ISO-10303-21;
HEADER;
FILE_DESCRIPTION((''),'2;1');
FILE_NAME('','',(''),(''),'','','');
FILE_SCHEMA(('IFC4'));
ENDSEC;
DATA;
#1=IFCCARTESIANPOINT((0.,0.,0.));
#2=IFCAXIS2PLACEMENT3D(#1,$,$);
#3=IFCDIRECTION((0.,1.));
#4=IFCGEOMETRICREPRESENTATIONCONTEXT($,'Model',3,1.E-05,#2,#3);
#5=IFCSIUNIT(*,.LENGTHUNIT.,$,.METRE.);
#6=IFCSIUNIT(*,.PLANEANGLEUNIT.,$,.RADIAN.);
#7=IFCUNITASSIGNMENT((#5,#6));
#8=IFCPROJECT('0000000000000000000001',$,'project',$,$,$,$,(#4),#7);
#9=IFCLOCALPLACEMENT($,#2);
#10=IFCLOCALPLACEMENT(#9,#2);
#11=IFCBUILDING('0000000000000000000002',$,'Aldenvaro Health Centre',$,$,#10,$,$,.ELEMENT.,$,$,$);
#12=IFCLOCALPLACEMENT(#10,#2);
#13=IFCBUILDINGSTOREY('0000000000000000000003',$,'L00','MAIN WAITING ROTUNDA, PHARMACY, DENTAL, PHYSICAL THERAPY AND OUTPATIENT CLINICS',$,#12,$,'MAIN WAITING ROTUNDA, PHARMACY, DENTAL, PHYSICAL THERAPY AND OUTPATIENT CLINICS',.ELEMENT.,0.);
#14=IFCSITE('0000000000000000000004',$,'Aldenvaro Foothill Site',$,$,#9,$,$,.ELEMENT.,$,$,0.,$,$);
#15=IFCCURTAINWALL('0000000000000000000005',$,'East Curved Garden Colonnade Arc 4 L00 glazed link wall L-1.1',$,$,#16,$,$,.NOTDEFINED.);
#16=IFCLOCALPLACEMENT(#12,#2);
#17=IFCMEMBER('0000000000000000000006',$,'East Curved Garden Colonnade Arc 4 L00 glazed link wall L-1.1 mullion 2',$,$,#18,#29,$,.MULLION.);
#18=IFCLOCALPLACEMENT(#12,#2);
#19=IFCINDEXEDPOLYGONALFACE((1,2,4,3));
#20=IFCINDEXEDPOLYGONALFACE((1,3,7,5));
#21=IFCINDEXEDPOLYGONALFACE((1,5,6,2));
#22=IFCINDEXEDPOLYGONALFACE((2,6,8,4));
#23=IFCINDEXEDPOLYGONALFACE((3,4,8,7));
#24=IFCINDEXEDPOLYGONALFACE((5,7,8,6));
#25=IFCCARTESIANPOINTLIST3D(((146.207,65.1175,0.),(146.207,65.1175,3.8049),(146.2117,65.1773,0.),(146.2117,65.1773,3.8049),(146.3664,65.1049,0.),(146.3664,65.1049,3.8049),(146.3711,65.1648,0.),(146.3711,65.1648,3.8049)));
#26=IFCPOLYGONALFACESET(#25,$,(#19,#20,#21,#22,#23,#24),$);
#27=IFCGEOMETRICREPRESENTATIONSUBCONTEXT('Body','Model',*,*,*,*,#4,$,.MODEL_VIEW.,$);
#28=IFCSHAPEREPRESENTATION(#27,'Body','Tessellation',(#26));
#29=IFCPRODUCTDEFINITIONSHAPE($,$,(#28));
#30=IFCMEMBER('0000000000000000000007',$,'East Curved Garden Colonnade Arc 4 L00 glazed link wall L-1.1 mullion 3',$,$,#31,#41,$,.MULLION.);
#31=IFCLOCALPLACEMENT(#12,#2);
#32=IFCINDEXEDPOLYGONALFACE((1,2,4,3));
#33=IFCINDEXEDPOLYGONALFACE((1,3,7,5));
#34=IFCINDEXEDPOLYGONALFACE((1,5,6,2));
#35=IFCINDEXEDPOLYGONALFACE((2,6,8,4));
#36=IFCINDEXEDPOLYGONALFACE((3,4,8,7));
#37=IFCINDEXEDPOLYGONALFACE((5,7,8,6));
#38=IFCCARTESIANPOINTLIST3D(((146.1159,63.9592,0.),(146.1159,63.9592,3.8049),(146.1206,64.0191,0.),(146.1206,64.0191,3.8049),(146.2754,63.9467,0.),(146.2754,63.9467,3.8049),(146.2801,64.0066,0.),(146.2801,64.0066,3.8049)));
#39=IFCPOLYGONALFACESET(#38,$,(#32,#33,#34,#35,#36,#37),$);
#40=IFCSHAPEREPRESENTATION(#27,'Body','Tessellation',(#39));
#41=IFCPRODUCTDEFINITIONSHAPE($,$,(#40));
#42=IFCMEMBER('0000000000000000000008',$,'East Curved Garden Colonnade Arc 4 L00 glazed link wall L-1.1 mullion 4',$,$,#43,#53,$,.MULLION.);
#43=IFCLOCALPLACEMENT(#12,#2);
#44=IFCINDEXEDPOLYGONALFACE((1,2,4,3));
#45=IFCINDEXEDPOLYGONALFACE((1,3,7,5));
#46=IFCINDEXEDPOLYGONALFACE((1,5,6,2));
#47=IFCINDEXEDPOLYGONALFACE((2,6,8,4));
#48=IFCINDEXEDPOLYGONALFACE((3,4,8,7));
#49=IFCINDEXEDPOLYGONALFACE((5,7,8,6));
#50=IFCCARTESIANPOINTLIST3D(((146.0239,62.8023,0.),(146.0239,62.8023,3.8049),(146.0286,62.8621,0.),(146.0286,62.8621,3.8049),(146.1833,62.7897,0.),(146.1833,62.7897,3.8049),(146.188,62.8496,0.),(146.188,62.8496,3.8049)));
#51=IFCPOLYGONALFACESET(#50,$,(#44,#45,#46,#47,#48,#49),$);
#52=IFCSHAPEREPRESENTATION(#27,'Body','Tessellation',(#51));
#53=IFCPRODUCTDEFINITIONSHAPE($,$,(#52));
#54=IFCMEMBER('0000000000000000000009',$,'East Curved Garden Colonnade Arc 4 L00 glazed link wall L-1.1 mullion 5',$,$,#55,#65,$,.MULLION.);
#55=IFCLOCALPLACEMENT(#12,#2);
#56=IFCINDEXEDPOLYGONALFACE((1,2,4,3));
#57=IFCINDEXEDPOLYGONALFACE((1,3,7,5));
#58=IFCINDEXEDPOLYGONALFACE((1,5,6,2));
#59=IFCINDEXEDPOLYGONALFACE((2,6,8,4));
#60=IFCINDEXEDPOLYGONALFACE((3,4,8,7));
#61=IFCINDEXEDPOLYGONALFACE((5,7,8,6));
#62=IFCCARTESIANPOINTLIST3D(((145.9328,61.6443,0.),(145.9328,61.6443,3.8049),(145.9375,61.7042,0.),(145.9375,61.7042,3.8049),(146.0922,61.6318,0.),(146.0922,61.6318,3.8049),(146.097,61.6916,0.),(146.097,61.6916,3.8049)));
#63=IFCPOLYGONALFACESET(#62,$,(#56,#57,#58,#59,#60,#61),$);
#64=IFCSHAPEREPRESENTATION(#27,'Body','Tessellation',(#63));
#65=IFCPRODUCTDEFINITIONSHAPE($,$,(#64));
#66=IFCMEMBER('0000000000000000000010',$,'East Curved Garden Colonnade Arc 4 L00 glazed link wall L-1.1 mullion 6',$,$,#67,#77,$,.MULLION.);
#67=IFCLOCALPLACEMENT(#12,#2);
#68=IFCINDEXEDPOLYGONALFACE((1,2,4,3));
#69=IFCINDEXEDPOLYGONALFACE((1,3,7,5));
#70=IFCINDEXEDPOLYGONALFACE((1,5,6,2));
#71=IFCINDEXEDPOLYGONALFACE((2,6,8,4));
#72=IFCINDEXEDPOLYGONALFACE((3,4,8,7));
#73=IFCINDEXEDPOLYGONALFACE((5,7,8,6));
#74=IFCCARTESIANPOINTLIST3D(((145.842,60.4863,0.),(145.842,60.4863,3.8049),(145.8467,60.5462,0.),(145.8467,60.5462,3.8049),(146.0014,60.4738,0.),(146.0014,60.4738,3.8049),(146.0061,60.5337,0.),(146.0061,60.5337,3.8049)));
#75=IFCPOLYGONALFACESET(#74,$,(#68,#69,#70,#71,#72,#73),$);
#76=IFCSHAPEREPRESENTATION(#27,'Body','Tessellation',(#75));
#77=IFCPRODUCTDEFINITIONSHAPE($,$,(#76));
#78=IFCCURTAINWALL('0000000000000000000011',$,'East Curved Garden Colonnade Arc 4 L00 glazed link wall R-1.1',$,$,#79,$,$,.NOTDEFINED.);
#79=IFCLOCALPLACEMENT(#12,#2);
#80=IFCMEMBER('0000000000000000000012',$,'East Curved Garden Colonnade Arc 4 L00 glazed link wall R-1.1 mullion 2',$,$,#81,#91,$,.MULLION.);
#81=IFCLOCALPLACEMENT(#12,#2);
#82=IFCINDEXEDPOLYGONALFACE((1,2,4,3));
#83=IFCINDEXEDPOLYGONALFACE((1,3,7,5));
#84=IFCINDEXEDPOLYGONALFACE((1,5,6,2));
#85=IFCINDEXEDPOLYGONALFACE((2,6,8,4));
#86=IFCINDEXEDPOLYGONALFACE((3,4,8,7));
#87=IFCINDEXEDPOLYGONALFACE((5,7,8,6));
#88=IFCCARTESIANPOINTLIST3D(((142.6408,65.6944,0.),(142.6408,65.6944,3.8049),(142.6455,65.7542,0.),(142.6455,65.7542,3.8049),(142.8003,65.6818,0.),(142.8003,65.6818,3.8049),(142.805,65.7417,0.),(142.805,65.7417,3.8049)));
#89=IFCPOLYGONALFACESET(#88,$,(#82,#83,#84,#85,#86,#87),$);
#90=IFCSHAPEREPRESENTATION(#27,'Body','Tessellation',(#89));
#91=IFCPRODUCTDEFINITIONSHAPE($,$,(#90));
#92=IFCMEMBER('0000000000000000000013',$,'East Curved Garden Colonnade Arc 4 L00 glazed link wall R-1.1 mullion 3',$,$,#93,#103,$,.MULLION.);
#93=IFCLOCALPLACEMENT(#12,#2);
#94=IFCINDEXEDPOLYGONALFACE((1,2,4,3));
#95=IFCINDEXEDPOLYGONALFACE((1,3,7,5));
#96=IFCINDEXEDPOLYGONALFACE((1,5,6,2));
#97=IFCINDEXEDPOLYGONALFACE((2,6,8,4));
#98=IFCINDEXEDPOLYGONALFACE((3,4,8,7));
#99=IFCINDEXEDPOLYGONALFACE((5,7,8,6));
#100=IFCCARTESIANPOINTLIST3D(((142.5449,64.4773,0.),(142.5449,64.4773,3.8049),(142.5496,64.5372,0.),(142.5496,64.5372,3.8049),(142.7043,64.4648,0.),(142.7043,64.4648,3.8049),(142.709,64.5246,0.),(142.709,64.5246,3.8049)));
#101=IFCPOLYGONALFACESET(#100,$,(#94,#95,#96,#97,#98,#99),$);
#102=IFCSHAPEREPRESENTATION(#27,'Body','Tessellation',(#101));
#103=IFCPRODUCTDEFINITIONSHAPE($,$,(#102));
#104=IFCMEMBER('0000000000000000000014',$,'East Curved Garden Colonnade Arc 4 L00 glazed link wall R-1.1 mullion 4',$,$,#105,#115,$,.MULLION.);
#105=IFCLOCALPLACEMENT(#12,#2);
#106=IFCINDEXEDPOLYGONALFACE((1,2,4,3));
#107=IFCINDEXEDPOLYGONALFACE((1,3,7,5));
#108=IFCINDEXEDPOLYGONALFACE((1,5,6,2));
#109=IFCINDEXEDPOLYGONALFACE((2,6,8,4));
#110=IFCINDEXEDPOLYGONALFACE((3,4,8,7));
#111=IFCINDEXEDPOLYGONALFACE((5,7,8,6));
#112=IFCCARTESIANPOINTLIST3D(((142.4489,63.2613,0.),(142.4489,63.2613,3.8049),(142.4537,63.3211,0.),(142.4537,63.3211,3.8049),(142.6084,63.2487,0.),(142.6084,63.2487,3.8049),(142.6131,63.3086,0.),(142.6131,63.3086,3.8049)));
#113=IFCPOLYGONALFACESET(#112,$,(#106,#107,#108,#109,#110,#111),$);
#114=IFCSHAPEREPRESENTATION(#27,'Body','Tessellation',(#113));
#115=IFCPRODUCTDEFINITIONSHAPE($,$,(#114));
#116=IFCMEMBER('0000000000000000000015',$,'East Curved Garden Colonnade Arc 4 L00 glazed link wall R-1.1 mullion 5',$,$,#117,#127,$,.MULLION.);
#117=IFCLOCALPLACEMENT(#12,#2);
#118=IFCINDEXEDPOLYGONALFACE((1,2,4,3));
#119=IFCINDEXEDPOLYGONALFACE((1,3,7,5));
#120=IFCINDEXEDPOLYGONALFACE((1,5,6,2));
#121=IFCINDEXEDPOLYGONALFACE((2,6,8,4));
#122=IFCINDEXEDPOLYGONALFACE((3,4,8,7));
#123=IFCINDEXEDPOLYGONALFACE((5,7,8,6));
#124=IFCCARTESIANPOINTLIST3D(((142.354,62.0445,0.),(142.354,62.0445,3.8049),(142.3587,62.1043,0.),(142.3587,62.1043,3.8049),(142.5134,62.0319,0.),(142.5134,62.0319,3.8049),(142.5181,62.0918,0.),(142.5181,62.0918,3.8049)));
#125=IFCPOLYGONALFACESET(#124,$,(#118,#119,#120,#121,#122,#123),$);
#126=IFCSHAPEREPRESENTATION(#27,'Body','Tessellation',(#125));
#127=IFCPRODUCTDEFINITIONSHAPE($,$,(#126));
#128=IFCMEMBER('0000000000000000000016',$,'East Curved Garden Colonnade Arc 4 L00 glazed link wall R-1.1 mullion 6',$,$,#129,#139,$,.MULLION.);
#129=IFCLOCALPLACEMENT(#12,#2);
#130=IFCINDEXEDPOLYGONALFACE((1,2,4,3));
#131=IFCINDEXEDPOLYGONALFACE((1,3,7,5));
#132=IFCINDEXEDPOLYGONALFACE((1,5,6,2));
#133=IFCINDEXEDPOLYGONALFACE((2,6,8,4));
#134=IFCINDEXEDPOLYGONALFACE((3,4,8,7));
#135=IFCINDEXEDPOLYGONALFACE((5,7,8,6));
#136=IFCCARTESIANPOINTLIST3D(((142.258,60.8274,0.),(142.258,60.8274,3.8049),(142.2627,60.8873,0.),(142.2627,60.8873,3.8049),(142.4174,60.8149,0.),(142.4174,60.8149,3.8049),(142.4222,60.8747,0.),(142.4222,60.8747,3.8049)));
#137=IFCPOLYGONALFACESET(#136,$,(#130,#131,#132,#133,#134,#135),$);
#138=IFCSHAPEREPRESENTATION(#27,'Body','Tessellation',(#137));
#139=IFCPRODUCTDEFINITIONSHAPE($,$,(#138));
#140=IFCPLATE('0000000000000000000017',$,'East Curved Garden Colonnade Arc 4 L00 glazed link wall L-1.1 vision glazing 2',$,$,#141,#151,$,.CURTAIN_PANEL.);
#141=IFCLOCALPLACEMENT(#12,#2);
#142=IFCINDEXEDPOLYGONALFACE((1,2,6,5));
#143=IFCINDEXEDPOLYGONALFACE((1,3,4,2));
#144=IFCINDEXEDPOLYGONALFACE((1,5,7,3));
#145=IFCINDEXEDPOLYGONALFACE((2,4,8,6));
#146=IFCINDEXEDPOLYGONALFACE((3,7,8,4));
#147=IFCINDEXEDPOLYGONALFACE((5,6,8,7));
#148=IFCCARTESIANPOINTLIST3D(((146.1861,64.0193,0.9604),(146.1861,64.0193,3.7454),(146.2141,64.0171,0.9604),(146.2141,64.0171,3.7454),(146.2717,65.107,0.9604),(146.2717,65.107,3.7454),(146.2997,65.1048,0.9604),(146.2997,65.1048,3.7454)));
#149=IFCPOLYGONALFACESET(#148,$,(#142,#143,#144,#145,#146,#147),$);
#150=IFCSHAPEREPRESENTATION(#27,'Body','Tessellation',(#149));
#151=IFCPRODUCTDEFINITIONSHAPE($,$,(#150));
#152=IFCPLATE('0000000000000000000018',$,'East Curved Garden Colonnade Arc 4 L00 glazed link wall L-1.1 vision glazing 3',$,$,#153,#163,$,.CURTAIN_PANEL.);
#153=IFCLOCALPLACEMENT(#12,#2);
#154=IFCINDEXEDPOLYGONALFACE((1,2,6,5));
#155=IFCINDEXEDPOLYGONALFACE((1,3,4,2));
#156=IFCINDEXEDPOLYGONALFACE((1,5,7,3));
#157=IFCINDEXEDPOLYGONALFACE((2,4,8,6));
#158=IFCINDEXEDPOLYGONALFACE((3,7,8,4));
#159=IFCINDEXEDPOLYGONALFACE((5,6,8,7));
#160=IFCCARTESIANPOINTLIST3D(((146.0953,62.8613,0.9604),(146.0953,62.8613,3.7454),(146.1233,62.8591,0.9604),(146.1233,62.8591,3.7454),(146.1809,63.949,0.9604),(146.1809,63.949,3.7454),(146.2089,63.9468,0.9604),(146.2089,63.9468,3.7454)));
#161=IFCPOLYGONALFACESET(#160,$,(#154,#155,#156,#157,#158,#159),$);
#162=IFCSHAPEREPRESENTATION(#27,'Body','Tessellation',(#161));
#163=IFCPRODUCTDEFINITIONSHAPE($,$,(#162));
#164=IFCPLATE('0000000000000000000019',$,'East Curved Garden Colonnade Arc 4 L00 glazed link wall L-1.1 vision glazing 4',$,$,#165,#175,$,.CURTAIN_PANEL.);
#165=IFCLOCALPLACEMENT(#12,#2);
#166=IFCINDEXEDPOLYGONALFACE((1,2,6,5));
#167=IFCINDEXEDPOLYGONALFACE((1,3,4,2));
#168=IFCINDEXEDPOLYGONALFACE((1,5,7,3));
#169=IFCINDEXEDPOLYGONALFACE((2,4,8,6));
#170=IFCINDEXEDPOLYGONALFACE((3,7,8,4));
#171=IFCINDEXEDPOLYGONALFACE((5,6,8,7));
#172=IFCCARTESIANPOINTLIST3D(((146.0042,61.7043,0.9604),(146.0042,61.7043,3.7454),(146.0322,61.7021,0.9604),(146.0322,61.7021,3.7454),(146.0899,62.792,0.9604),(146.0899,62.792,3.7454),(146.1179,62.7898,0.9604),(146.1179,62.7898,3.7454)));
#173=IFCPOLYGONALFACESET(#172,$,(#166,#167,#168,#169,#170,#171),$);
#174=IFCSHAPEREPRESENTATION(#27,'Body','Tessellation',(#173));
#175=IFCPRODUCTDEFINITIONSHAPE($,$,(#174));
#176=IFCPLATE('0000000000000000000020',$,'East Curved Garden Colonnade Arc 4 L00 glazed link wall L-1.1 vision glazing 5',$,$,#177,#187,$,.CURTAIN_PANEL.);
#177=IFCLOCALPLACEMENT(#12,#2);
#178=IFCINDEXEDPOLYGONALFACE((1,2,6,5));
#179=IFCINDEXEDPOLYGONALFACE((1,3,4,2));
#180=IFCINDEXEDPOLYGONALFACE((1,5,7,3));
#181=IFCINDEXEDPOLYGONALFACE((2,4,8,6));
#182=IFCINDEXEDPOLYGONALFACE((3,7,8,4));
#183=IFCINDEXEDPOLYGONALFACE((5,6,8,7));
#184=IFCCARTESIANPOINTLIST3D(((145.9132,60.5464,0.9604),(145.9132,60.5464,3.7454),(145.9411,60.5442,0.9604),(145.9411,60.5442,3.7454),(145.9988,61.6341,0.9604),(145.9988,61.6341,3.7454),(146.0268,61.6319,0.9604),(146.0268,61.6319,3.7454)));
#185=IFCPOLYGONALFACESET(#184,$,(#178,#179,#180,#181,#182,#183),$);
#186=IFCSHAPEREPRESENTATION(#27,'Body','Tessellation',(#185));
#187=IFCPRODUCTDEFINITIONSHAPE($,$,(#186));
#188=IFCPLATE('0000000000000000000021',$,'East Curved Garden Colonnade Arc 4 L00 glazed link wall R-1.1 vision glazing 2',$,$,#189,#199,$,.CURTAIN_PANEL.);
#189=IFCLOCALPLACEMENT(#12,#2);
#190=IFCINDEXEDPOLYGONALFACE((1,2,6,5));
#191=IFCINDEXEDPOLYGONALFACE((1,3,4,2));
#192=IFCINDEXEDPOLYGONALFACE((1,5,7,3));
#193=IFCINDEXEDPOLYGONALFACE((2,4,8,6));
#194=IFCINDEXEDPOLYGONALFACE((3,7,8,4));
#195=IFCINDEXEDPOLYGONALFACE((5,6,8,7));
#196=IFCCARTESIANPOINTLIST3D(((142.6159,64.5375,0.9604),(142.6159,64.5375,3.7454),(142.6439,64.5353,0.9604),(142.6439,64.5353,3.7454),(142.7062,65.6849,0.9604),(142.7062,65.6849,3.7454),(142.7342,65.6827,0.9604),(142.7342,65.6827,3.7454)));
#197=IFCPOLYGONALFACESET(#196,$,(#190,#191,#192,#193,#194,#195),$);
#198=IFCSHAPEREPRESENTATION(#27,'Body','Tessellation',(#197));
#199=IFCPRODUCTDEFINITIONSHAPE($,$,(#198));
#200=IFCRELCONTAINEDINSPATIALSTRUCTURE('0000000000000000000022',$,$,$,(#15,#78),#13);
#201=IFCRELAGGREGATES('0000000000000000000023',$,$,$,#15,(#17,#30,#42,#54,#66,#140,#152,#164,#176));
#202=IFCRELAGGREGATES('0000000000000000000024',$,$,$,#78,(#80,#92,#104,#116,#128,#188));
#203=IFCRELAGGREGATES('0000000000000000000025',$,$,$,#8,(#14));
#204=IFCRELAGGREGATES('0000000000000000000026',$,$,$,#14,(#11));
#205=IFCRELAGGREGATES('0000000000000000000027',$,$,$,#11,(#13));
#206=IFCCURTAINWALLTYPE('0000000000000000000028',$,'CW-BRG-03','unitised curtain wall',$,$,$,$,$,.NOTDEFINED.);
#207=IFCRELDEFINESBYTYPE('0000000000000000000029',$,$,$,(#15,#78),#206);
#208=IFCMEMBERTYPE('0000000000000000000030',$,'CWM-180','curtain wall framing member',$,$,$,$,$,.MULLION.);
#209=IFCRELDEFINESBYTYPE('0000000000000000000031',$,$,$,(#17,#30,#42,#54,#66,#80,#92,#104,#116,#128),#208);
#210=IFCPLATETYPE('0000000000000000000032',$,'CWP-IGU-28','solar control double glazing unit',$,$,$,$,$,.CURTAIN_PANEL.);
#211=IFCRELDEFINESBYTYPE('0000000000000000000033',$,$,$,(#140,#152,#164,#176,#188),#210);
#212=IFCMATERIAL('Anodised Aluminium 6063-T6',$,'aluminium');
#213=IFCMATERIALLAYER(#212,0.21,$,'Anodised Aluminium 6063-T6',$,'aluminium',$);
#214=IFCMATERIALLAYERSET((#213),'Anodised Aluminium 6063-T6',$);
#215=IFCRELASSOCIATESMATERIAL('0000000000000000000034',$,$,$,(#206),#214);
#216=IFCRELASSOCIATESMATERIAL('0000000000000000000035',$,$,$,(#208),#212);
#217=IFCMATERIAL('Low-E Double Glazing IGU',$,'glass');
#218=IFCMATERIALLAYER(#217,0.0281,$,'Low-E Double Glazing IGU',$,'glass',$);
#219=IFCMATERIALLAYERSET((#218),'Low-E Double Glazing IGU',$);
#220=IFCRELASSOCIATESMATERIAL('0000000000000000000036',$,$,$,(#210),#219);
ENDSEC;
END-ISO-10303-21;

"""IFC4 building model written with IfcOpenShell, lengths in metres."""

from ifc_helpers import new_model, si_unit, direction, frame, origin, origin_2d, place, context, subcontext, project, spatial, rectangle, extrude, material, layer, layer_set, material_profile, profile_set, type_object, element, aggregate, save


model = new_model("IFC4")

# Units and contexts
model_context = context("Model", 3, precision=1e-05, world=origin(), true_north=direction((0.0, 1.0)))
body_context = subcontext(model_context, "Body", "Model", "MODEL_VIEW")
ifc_project = project(units=[si_unit("LENGTHUNIT", "METRE"), si_unit("PLANEANGLEUNIT", "RADIAN")], contexts=[model_context])

# Site, building, storey
site_placement = place(None, origin())
site = spatial("IfcSite", under=ifc_project, at=site_placement, Name="Aldenvaro Foothill Site", CompositionType="ELEMENT", RefElevation=0.0)
building_placement = place(site_placement, origin())
building = spatial("IfcBuilding", under=site, at=building_placement, Name="Aldenvaro Health Centre", CompositionType="ELEMENT")
storey_placement = place(building_placement, origin())
storey = spatial("IfcBuildingStorey", under=building, at=storey_placement, Name="L00", Description="MAIN WAITING ROTUNDA, PHARMACY, DENTAL, PHYSICAL THERAPY AND OUTPATIENT CLINICS", LongName="MAIN WAITING ROTUNDA, PHARMACY, DENTAL, PHYSICAL THERAPY AND OUTPATIENT CLINICS", CompositionType="ELEMENT", Elevation=0.0)

# Curtain walls, members
ifc_material_1 = material(Name="Anodised Aluminium 6063-T6", Category="aluminium")
ifc_layer_1 = layer(ifc_material_1, 0.21, Name="Anodised Aluminium 6063-T6", Category="aluminium")
ifc_layer_set_1 = layer_set([ifc_layer_1], Name="Anodised Aluminium 6063-T6")
curtain_wall_type = type_object("IfcCurtainWallType", Name="CW-BRG-03", Description="unitised curtain wall", PredefinedType="NOTDEFINED", material=ifc_layer_set_1)
curtain_wall_1_placement = place(storey_placement, origin())
curtain_wall_1 = element("IfcCurtainWall", 1, at=curtain_wall_1_placement, inside=storey, type_object=curtain_wall_type, Name="East Curved Garden Colonnade Arc 4 L00 glazed link wall L-1.1", PredefinedType="NOTDEFINED")
ifc_material_profile = material_profile(ifc_material_1, rectangle(XDim=0.0601, YDim=0.1599, at=origin_2d()), Name="ALU 60x160", Category="aluminium")
ifc_profile_set = profile_set([ifc_material_profile], Name="Anodised Aluminium 6063-T6")
member_type = type_object("IfcMemberType", Name="CWM-180", Description="curtain wall framing member", PredefinedType="MULLION", material=ifc_profile_set)
member_1_placement = place(storey_placement, frame((146.2891, 65.1411, 0.0), z_axis=(0.0, 0.0, 1.0), x_axis=(-0.078496, -0.996914, 0.0)))
member_1 = element("IfcMember", 2, at=member_1_placement, type_object=member_type, Name="East Curved Garden Colonnade Arc 4 L00 glazed link wall L-1.1 mullion 2", PredefinedType="MULLION", context=body_context, shape_type="SweptSolid", body=[
    extrude(rectangle(XDim=0.0601, YDim=0.1599, at=origin_2d()), origin(), (0.0, 0.0, 1.0), 3.8049),
])
member_2_placement = place(storey_placement, frame((146.198, 63.9829, 0.0), z_axis=(0.0, 0.0, 1.0), x_axis=(-0.078496, -0.996914, 0.0)))
member_2 = element("IfcMember", 3, at=member_2_placement, type_object=member_type, Name="East Curved Garden Colonnade Arc 4 L00 glazed link wall L-1.1 mullion 3", PredefinedType="MULLION", context=body_context, shape_type="SweptSolid", body=[
    extrude(rectangle(XDim=0.0601, YDim=0.1599, at=origin_2d()), origin(), (0.0, 0.0, 1.0), 3.8049),
])
member_3_placement = place(storey_placement, frame((146.106, 62.8259, 0.0), z_axis=(0.0, 0.0, 1.0), x_axis=(-0.078496, -0.996914, 0.0)))
member_3 = element("IfcMember", 4, at=member_3_placement, type_object=member_type, Name="East Curved Garden Colonnade Arc 4 L00 glazed link wall L-1.1 mullion 4", PredefinedType="MULLION", context=body_context, shape_type="SweptSolid", body=[
    extrude(rectangle(XDim=0.0601, YDim=0.1599, at=origin_2d()), origin(), (0.0, 0.0, 1.0), 3.8049),
])
member_4_placement = place(storey_placement, frame((146.0149, 61.668, 0.0), z_axis=(0.0, 0.0, 1.0), x_axis=(-0.078496, -0.996914, 0.0)))
member_4 = element("IfcMember", 5, at=member_4_placement, type_object=member_type, Name="East Curved Garden Colonnade Arc 4 L00 glazed link wall L-1.1 mullion 5", PredefinedType="MULLION", context=body_context, shape_type="SweptSolid", body=[
    extrude(rectangle(XDim=0.0601, YDim=0.1599, at=origin_2d()), origin(), (0.0, 0.0, 1.0), 3.8049),
])
member_5_placement = place(storey_placement, frame((145.9241, 60.51, 0.0), z_axis=(0.0, 0.0, 1.0), x_axis=(-0.078496, -0.996914, 0.0)))
member_5 = element("IfcMember", 6, at=member_5_placement, type_object=member_type, Name="East Curved Garden Colonnade Arc 4 L00 glazed link wall L-1.1 mullion 6", PredefinedType="MULLION", context=body_context, shape_type="SweptSolid", body=[
    extrude(rectangle(XDim=0.0601, YDim=0.1599, at=origin_2d()), origin(), (0.0, 0.0, 1.0), 3.8049),
])
curtain_wall_2_placement = place(storey_placement, origin())
curtain_wall_2 = element("IfcCurtainWall", 7, at=curtain_wall_2_placement, inside=storey, type_object=curtain_wall_type, Name="East Curved Garden Colonnade Arc 4 L00 glazed link wall R-1.1", PredefinedType="NOTDEFINED")
member_6_placement = place(storey_placement, frame((142.7229, 65.718, 0.0), z_axis=(0.0, 0.0, 1.0), x_axis=(-0.078513, -0.996913, 0.0)))
member_6 = element("IfcMember", 8, at=member_6_placement, type_object=member_type, Name="East Curved Garden Colonnade Arc 4 L00 glazed link wall R-1.1 mullion 2", PredefinedType="MULLION", context=body_context, shape_type="SweptSolid", body=[
    extrude(rectangle(XDim=0.0601, YDim=0.1599, at=origin_2d()), origin(), (0.0, 0.0, 1.0), 3.8049),
])
member_7_placement = place(storey_placement, frame((142.627, 64.501, 0.0), z_axis=(0.0, 0.0, 1.0), x_axis=(-0.078513, -0.996913, 0.0)))
member_7 = element("IfcMember", 9, at=member_7_placement, type_object=member_type, Name="East Curved Garden Colonnade Arc 4 L00 glazed link wall R-1.1 mullion 3", PredefinedType="MULLION", context=body_context, shape_type="SweptSolid", body=[
    extrude(rectangle(XDim=0.0601, YDim=0.1599, at=origin_2d()), origin(), (0.0, 0.0, 1.0), 3.8049),
])
member_8_placement = place(storey_placement, frame((142.531, 63.2849, 0.0), z_axis=(0.0, 0.0, 1.0), x_axis=(-0.078513, -0.996913, 0.0)))
member_8 = element("IfcMember", 10, at=member_8_placement, type_object=member_type, Name="East Curved Garden Colonnade Arc 4 L00 glazed link wall R-1.1 mullion 4", PredefinedType="MULLION", context=body_context, shape_type="SweptSolid", body=[
    extrude(rectangle(XDim=0.0601, YDim=0.1599, at=origin_2d()), origin(), (0.0, 0.0, 1.0), 3.8049),
])
member_9_placement = place(storey_placement, frame((142.436, 62.0681, 0.0), z_axis=(0.0, 0.0, 1.0), x_axis=(-0.078513, -0.996913, 0.0)))
member_9 = element("IfcMember", 11, at=member_9_placement, type_object=member_type, Name="East Curved Garden Colonnade Arc 4 L00 glazed link wall R-1.1 mullion 5", PredefinedType="MULLION", context=body_context, shape_type="SweptSolid", body=[
    extrude(rectangle(XDim=0.0601, YDim=0.1599, at=origin_2d()), origin(), (0.0, 0.0, 1.0), 3.8049),
])
member_10_placement = place(storey_placement, frame((142.3401, 60.8511, 0.0), z_axis=(0.0, 0.0, 1.0), x_axis=(-0.078513, -0.996913, 0.0)))
member_10 = element("IfcMember", 12, at=member_10_placement, type_object=member_type, Name="East Curved Garden Colonnade Arc 4 L00 glazed link wall R-1.1 mullion 6", PredefinedType="MULLION", context=body_context, shape_type="SweptSolid", body=[
    extrude(rectangle(XDim=0.0601, YDim=0.1599, at=origin_2d()), origin(), (0.0, 0.0, 1.0), 3.8049),
])

# Plates
ifc_material_2 = material(Name="Low-E Double Glazing IGU", Category="glass")
ifc_layer_2 = layer(ifc_material_2, 0.0281, Name="Low-E Double Glazing IGU", Category="glass")
ifc_layer_set_2 = layer_set([ifc_layer_2], Name="Low-E Double Glazing IGU")
plate_type_1 = type_object("IfcPlateType", Name="CWP-IGU-28", Description="solar control double glazing unit", PredefinedType="CURTAIN_PANEL", material=ifc_layer_set_2)
plate_1_placement = place(storey_placement, frame((146.2429, 64.562, 0.9604), z_axis=(0.0, 0.0, 1.0), x_axis=(-0.078496, -0.996914, 0.0)))
plate_1 = element("IfcPlate", 13, at=plate_1_placement, type_object=plate_type_1, Name="East Curved Garden Colonnade Arc 4 L00 glazed link wall L-1.1 vision glazing 2", PredefinedType="CURTAIN_PANEL", context=body_context, shape_type="SweptSolid", body=[
    extrude(rectangle(XDim=1.0911, YDim=0.0281, at=origin_2d()), origin(), (0.0, 0.0, 1.0), 2.7849),
])
plate_2_placement = place(storey_placement, frame((146.1521, 63.4041, 0.9604), z_axis=(0.0, 0.0, 1.0), x_axis=(-0.078496, -0.996914, 0.0)))
plate_2 = element("IfcPlate", 14, at=plate_2_placement, type_object=plate_type_1, Name="East Curved Garden Colonnade Arc 4 L00 glazed link wall L-1.1 vision glazing 3", PredefinedType="CURTAIN_PANEL", context=body_context, shape_type="SweptSolid", body=[
    extrude(rectangle(XDim=1.0911, YDim=0.0281, at=origin_2d()), origin(), (0.0, 0.0, 1.0), 2.7849),
])
plate_3_placement = place(storey_placement, frame((146.061, 62.2471, 0.9604), z_axis=(0.0, 0.0, 1.0), x_axis=(-0.078496, -0.996914, 0.0)))
plate_3 = element("IfcPlate", 15, at=plate_3_placement, type_object=plate_type_1, Name="East Curved Garden Colonnade Arc 4 L00 glazed link wall L-1.1 vision glazing 4", PredefinedType="CURTAIN_PANEL", context=body_context, shape_type="SweptSolid", body=[
    extrude(rectangle(XDim=1.0911, YDim=0.0281, at=origin_2d()), origin(), (0.0, 0.0, 1.0), 2.7849),
])
plate_4_placement = place(storey_placement, frame((145.97, 61.0891, 0.9604), z_axis=(0.0, 0.0, 1.0), x_axis=(-0.078496, -0.996914, 0.0)))
plate_4 = element("IfcPlate", 16, at=plate_4_placement, type_object=plate_type_1, Name="East Curved Garden Colonnade Arc 4 L00 glazed link wall L-1.1 vision glazing 5", PredefinedType="CURTAIN_PANEL", context=body_context, shape_type="SweptSolid", body=[
    extrude(rectangle(XDim=1.0911, YDim=0.0281, at=origin_2d()), origin(), (0.0, 0.0, 1.0), 2.7849),
])
plate_5_placement = place(storey_placement, frame((142.675, 65.1101, 0.9604), z_axis=(0.0, 0.0, 1.0), x_axis=(-0.078513, -0.996913, 0.0)))
plate_5 = element("IfcPlate", 17, at=plate_5_placement, type_object=plate_type_1, Name="East Curved Garden Colonnade Arc 4 L00 glazed link wall R-1.1 vision glazing 2", PredefinedType="CURTAIN_PANEL", context=body_context, shape_type="SweptSolid", body=[
    extrude(rectangle(XDim=1.1509, YDim=0.0281, at=origin_2d()), origin(), (0.0, 0.0, 1.0), 2.7849),
])
aggregate(curtain_wall_1, [member_1, member_2, member_3, member_4, member_5, plate_1, plate_2, plate_3, plate_4])
aggregate(curtain_wall_2, [member_6, member_7, member_8, member_9, member_10, plate_5])

save(model, "model.ifc")
